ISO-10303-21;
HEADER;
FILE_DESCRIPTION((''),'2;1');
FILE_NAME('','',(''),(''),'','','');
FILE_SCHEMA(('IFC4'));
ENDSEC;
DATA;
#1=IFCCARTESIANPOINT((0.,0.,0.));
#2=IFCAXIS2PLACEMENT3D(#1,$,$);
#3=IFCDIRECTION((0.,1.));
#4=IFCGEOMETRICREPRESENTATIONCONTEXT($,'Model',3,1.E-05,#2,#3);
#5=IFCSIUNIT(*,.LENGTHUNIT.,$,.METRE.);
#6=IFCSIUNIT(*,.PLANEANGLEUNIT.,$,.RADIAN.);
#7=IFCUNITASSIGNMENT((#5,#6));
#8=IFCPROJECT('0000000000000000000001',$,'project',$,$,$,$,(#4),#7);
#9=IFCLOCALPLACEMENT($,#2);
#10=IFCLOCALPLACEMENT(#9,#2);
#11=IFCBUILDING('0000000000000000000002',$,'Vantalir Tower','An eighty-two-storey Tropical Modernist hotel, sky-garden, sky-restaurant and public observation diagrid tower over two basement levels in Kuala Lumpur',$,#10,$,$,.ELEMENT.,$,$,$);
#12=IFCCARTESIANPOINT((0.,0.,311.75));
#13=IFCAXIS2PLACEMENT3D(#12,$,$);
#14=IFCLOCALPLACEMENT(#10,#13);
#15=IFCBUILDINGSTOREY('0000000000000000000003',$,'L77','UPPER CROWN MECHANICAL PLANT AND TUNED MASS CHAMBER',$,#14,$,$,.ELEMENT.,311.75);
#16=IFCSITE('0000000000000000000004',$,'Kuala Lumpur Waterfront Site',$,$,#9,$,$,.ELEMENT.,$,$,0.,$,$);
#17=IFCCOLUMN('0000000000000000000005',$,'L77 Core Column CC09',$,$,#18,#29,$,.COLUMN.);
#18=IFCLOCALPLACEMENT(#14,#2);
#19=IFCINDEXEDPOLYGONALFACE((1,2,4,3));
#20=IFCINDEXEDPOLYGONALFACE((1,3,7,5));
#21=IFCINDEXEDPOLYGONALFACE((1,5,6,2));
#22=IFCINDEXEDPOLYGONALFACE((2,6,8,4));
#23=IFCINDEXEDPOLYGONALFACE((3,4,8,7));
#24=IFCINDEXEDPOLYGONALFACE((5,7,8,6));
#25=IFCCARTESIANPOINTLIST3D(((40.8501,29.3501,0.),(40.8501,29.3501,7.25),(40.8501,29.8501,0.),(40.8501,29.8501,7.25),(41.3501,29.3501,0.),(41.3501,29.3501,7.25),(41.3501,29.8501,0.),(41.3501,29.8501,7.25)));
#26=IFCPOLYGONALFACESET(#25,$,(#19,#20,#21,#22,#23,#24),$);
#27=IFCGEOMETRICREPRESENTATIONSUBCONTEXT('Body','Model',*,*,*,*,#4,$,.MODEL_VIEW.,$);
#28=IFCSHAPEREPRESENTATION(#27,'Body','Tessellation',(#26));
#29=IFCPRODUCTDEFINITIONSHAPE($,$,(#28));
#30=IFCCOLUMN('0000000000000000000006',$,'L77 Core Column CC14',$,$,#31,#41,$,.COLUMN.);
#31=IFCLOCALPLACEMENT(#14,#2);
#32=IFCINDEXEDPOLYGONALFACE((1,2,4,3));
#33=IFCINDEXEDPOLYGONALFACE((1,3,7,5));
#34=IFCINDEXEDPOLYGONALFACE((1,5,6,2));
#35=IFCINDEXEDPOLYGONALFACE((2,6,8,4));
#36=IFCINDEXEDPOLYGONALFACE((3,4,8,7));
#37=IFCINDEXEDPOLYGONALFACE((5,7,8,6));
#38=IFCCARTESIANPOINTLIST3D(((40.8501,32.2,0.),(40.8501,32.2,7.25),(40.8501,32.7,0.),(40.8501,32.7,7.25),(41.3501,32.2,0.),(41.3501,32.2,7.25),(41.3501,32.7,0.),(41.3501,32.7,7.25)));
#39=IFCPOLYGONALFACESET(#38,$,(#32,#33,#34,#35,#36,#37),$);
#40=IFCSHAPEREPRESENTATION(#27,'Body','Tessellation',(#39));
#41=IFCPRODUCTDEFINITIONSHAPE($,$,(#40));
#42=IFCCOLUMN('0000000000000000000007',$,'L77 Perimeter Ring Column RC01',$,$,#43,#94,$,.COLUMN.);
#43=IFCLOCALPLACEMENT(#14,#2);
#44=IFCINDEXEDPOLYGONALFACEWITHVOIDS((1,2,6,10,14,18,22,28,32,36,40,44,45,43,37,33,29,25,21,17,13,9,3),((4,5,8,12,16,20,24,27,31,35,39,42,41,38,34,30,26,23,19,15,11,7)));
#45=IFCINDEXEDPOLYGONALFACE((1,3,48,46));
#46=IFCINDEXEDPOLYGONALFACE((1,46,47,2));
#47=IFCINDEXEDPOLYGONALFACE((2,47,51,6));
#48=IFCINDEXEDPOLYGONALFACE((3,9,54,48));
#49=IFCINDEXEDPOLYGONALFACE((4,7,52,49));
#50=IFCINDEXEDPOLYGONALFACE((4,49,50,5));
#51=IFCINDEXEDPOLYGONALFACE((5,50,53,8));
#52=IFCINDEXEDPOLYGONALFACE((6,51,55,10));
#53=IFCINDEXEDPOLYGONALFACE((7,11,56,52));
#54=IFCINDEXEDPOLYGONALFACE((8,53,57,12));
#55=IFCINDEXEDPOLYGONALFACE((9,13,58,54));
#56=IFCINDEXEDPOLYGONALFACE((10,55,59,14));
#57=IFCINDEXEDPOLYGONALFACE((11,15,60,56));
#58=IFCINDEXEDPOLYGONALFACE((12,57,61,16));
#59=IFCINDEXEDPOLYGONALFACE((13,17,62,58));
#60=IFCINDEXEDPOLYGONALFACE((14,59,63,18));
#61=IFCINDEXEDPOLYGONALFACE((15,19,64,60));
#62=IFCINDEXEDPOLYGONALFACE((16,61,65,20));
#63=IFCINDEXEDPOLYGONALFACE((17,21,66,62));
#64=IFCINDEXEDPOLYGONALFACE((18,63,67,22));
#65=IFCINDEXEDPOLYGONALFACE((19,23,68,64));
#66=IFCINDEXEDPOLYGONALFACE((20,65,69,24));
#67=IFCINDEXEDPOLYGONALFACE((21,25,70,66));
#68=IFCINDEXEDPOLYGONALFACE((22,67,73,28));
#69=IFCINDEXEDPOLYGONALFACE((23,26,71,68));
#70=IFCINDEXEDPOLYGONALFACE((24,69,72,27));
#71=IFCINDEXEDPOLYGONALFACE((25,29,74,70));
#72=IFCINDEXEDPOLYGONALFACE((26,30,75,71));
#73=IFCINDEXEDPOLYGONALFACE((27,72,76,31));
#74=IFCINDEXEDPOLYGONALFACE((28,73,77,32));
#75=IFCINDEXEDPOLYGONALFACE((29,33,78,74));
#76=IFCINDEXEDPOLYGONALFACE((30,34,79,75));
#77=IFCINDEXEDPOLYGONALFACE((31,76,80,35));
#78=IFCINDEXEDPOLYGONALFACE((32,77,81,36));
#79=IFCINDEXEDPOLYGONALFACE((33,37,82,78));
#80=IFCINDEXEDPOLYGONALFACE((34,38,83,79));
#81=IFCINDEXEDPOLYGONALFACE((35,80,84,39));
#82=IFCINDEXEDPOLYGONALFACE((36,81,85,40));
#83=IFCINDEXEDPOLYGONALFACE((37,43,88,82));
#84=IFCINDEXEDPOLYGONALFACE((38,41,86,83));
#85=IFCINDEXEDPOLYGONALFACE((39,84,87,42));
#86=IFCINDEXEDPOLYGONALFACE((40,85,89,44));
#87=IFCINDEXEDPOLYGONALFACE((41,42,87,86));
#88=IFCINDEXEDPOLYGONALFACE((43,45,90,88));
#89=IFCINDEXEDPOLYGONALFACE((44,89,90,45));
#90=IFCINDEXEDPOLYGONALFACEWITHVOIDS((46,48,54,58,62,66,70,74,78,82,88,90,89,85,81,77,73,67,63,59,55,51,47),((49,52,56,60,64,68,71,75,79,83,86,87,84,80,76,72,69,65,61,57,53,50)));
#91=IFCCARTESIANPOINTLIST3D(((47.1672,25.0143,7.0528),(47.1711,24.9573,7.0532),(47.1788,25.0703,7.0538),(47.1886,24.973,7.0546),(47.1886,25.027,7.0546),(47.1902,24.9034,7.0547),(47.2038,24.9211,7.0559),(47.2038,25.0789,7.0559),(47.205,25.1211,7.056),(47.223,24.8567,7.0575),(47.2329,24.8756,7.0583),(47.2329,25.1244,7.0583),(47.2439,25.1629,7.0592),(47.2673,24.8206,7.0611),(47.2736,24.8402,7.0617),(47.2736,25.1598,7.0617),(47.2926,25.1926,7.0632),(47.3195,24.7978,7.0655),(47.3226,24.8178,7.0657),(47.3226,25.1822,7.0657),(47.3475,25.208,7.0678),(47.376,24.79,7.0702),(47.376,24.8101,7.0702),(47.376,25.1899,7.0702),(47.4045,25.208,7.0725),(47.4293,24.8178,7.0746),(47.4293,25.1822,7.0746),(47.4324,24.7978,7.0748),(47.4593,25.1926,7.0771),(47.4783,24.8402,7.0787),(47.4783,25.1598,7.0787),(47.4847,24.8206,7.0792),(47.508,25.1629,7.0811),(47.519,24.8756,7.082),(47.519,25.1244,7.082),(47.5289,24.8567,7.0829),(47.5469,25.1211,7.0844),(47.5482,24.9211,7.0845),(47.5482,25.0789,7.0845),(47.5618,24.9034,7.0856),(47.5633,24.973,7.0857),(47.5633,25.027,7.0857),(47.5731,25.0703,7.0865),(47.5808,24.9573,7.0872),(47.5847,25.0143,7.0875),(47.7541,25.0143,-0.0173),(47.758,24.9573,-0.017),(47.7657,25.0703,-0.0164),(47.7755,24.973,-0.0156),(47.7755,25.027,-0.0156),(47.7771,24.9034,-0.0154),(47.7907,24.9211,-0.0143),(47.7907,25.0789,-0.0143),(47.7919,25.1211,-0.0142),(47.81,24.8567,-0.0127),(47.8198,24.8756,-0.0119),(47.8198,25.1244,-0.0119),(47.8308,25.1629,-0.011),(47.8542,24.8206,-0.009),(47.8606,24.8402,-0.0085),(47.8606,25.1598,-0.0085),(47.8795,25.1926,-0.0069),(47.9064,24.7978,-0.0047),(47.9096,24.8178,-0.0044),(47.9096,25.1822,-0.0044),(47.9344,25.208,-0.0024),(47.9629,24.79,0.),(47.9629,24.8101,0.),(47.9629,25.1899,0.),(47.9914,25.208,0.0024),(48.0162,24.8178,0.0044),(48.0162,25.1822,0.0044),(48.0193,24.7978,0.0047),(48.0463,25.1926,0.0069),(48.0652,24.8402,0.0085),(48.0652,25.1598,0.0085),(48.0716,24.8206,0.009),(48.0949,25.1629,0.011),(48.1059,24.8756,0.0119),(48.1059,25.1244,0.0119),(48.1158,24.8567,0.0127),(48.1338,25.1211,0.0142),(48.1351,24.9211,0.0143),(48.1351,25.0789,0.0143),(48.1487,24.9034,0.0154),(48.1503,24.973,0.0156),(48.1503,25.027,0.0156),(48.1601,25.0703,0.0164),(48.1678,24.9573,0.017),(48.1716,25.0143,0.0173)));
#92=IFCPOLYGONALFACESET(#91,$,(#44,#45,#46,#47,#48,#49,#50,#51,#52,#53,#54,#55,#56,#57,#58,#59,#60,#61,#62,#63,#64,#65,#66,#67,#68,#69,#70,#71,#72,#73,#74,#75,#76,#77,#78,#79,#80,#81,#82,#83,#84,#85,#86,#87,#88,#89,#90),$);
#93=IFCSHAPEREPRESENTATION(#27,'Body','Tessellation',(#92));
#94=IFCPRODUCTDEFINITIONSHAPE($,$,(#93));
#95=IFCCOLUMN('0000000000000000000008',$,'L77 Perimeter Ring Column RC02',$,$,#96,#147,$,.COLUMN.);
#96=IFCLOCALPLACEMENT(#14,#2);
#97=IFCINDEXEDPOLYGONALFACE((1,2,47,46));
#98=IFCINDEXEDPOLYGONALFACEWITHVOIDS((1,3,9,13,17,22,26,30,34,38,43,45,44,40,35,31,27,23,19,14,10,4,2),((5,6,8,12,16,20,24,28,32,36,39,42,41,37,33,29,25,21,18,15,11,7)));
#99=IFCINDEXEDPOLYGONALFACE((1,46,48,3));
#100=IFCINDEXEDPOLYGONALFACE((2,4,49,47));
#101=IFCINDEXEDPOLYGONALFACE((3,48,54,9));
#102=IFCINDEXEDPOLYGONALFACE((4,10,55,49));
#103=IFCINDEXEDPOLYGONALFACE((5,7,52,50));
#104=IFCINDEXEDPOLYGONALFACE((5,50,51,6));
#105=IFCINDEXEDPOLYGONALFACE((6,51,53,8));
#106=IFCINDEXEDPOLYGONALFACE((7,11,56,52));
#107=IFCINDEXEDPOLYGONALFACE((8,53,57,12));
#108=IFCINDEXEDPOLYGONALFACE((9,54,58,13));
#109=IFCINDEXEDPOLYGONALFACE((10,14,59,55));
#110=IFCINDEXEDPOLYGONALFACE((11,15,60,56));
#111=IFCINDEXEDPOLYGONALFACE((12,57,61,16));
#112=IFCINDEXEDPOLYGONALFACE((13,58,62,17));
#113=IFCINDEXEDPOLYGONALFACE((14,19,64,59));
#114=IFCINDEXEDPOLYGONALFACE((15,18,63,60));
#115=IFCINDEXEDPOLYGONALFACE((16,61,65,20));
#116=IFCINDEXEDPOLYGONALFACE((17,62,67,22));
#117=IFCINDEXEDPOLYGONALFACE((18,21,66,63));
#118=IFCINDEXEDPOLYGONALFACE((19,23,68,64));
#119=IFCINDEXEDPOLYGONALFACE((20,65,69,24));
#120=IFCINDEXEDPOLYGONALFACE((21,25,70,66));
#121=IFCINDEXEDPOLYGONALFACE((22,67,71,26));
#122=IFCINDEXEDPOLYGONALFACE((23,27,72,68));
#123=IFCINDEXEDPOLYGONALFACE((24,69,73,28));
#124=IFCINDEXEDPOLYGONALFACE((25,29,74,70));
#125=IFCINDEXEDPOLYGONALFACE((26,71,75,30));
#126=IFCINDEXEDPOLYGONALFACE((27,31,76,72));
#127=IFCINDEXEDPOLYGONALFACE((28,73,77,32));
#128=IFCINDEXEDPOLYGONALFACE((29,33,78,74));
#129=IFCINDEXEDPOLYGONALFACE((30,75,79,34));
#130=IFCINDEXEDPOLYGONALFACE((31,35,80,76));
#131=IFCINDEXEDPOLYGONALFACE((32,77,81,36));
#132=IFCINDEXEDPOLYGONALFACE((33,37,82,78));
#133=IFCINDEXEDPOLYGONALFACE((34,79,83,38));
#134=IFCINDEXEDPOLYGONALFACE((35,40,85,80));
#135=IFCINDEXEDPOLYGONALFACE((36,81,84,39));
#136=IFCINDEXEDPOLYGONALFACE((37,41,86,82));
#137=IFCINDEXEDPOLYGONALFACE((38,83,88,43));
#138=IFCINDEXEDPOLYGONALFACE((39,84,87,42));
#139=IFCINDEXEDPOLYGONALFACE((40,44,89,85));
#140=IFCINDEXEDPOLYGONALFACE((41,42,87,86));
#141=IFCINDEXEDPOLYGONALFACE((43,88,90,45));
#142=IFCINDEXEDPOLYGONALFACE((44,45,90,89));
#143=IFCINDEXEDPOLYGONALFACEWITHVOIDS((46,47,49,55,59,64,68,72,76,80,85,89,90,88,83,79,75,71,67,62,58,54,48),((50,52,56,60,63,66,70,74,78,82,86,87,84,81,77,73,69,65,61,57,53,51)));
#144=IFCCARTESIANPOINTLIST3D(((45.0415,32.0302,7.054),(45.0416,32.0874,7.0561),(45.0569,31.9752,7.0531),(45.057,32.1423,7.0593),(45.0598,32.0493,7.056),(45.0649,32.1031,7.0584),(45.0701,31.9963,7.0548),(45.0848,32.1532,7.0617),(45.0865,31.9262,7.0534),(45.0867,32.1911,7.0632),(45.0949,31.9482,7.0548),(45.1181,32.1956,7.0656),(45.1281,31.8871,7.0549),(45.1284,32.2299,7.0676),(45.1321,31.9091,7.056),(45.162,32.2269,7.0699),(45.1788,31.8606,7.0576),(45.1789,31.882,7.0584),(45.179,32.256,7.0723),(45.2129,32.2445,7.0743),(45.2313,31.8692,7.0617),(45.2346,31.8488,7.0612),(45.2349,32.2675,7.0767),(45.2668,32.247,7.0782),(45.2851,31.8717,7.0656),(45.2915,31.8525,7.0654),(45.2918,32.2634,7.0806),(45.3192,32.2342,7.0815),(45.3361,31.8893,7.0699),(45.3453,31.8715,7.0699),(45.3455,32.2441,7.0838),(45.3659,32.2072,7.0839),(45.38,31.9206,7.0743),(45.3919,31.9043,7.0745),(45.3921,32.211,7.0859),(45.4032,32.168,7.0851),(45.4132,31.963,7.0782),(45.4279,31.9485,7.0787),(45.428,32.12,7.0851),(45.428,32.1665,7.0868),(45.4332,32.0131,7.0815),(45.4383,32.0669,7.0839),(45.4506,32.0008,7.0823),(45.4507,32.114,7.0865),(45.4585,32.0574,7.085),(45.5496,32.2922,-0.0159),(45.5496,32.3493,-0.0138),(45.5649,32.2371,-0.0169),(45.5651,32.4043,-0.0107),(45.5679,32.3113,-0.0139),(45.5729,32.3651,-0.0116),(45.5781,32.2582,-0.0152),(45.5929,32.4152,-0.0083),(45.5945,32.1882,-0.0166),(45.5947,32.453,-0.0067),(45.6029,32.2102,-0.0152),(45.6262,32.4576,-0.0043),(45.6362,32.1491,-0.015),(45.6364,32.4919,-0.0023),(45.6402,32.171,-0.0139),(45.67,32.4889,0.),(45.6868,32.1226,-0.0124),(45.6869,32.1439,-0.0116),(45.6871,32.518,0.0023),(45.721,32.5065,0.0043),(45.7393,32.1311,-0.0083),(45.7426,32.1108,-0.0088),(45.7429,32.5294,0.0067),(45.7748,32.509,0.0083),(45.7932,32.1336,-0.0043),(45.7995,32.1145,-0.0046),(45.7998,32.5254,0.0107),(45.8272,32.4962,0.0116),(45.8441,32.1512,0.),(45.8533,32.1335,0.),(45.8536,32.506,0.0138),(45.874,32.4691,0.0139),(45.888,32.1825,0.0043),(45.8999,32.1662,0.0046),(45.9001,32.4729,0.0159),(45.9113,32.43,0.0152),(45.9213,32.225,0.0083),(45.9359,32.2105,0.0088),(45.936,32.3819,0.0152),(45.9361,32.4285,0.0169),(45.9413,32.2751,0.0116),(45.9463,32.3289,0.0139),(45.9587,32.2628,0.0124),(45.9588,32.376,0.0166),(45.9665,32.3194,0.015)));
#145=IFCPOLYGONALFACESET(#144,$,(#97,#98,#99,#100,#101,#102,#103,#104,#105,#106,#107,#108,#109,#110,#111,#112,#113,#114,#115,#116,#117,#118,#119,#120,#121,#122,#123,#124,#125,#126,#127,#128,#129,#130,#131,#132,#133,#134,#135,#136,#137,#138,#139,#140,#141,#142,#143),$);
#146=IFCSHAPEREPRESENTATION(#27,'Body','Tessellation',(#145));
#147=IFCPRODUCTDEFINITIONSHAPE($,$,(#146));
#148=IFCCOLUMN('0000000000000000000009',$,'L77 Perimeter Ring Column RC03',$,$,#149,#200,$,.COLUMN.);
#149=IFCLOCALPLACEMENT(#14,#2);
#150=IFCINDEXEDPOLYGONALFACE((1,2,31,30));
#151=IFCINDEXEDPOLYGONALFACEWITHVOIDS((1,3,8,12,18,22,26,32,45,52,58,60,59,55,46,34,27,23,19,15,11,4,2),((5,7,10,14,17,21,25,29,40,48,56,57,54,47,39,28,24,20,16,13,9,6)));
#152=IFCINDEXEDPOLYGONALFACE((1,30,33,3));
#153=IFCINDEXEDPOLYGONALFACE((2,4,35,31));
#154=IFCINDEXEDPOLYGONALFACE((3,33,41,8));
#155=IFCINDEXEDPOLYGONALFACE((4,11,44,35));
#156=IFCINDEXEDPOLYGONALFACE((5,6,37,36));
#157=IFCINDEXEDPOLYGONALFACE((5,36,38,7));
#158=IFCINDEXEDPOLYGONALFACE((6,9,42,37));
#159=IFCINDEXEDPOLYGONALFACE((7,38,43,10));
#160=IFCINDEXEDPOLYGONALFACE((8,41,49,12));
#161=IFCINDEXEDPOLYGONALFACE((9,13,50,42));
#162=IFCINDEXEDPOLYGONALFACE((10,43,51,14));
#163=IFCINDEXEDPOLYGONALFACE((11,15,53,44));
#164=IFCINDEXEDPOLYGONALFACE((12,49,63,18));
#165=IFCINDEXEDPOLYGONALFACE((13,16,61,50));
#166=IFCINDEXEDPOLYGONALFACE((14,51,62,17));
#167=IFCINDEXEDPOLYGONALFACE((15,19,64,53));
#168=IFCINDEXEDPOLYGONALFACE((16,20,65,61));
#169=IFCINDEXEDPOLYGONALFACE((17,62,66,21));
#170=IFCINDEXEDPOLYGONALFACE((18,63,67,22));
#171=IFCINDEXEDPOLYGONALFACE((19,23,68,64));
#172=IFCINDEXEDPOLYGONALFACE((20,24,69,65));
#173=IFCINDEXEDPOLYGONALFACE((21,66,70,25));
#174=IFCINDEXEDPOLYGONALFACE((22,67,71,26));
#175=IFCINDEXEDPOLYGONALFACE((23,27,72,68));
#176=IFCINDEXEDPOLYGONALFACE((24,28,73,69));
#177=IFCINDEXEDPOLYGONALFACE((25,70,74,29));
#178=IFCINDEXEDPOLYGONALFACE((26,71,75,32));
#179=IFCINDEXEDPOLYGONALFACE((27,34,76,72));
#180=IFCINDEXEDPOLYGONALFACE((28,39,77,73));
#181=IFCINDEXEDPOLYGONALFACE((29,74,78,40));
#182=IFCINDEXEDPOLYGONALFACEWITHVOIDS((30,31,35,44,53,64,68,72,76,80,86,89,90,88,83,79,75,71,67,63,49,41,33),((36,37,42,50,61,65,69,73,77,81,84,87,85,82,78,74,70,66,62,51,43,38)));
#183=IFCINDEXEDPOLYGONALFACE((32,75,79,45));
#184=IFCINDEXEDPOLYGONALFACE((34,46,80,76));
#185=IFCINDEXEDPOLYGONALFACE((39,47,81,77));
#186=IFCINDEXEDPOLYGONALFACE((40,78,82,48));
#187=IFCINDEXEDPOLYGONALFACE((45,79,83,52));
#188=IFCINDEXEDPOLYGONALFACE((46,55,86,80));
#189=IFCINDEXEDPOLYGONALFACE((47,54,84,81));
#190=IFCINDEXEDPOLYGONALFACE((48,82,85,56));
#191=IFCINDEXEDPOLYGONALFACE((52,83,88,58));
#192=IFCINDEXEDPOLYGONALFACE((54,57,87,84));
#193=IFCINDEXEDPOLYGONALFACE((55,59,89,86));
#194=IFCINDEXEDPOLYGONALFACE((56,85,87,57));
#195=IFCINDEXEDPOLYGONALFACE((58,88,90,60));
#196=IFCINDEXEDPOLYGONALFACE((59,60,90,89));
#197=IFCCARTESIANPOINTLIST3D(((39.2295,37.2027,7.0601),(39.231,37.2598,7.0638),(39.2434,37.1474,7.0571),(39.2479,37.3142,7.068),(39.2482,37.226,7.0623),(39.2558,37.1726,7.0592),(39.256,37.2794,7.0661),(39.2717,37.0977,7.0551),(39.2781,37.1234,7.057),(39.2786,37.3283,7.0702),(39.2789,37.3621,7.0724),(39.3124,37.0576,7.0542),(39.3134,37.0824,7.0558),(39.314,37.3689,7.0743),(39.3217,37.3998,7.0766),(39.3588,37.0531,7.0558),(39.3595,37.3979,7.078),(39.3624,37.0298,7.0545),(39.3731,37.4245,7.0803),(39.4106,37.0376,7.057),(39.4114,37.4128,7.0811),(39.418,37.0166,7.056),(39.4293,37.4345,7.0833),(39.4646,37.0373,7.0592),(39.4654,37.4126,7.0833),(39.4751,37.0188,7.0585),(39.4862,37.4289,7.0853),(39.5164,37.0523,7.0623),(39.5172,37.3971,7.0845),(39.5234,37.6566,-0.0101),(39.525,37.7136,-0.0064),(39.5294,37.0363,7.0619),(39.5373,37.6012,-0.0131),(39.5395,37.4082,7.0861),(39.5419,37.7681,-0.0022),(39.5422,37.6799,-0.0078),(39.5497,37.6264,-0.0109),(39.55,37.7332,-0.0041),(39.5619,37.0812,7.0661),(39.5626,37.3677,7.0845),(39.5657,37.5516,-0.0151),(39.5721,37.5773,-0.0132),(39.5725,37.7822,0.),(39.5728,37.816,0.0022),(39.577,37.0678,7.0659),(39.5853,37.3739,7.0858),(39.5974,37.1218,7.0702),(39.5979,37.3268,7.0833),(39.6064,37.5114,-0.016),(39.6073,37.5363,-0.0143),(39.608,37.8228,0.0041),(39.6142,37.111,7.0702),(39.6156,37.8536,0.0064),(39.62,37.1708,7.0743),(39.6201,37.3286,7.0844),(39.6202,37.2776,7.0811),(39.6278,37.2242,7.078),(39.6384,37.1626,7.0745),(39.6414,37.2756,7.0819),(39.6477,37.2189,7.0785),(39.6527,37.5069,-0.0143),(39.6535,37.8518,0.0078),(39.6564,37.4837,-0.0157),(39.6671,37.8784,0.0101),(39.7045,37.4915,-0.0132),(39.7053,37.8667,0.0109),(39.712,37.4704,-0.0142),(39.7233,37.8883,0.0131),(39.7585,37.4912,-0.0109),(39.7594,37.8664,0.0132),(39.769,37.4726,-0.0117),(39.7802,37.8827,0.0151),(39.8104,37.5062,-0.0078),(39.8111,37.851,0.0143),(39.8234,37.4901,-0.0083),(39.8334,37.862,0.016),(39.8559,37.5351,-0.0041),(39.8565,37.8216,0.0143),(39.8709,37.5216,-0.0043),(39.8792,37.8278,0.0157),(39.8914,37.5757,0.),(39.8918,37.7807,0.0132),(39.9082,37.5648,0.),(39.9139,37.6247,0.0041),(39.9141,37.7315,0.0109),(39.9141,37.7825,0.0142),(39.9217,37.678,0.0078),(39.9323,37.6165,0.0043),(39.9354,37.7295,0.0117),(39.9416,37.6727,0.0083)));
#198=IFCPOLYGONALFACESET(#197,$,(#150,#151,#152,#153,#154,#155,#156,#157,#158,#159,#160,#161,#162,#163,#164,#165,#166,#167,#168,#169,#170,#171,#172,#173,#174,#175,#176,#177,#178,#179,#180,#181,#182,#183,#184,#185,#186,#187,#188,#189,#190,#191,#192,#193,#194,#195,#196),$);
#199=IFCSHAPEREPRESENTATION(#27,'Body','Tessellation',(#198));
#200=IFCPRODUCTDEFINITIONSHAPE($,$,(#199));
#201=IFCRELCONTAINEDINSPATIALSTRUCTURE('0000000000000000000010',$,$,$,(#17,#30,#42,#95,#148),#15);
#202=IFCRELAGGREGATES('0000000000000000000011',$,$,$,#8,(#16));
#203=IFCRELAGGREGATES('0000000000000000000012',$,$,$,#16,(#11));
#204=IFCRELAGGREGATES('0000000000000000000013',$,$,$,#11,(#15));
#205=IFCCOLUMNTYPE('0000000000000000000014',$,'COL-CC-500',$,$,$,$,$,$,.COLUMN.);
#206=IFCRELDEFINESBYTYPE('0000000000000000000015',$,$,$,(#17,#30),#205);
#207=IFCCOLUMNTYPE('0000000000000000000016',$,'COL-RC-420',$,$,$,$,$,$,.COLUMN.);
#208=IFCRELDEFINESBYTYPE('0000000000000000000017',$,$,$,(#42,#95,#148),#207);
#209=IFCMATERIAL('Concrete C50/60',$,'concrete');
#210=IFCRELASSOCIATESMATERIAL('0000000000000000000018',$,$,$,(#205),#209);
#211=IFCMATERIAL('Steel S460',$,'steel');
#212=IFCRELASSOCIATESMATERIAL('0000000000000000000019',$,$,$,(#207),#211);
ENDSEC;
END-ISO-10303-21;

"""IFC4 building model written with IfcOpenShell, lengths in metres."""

from ifc_helpers import new_model, si_unit, direction, frame, origin, origin_2d, place, context, subcontext, project, spatial, rectangle, hollow_circle, extrude, material, material_profile, profile_set, type_object, element, save


model = new_model("IFC4")

# Units and contexts
model_context = context("Model", 3, precision=1e-05, world=origin(), true_north=direction((0.0, 1.0)))
body_context = subcontext(model_context, "Body", "Model", "MODEL_VIEW")
ifc_project = project(units=[si_unit("LENGTHUNIT", "METRE"), si_unit("PLANEANGLEUNIT", "RADIAN")], contexts=[model_context])

# Site, building, storey
site_placement = place(None, origin())
site = spatial("IfcSite", under=ifc_project, at=site_placement, Name="Kuala Lumpur Waterfront Site", CompositionType="ELEMENT", RefElevation=0.0)
building_placement = place(site_placement, origin())
building = spatial("IfcBuilding", under=site, at=building_placement, Name="Vantalir Tower", Description="An eighty-two-storey Tropical Modernist hotel, sky-garden, sky-restaurant and public observation diagrid tower over two basement levels in Kuala Lumpur", CompositionType="ELEMENT")
storey_placement = place(building_placement, frame((0.0, 0.0, 311.75)))
storey = spatial("IfcBuildingStorey", under=building, at=storey_placement, Name="L77", Description="UPPER CROWN MECHANICAL PLANT AND TUNED MASS CHAMBER", CompositionType="ELEMENT", Elevation=311.75)

# Columns
ifc_material_1 = material(Name="Concrete C50/60", Category="concrete")
ifc_material_profile_1 = material_profile(ifc_material_1, rectangle(XDim=0.5, YDim=0.5, at=origin_2d()), Name="Concrete C50/60")
ifc_profile_set_1 = profile_set([ifc_material_profile_1], Name="Concrete C50/60")
column_type_1 = type_object("IfcColumnType", Name="COL-CC-500", PredefinedType="COLUMN", material=ifc_profile_set_1)
for number, where, z_axis, x_axis, name in (
    (1, (41.1001, 29.6001, 0.0), (0.0, 0.0, 1.0), (1.0, 0.0, 0.0), "L77 Core Column CC09"),
    (2, (41.1001, 32.45, 0.0), (0.0, 0.0, 1.0), (1.0, 0.0, 0.0), "L77 Core Column CC14"),
):
    element("IfcColumn", number, at=place(storey_placement, frame(where, z_axis=z_axis, x_axis=x_axis)), inside=storey, type_object=column_type_1, Name=name, PredefinedType="COLUMN", context=body_context, shape_type="SweptSolid", body=[
        extrude(rectangle(XDim=0.5, YDim=0.5, at=origin_2d()), origin(), (0.0, 0.0, 1.0), 7.25),
    ])
ifc_material_2 = material(Name="Steel S460", Category="steel")
ifc_material_profile_2 = material_profile(ifc_material_2, hollow_circle(Radius=0.21, WallThickness=0.02, at=origin_2d()), Name="Steel S460")
ifc_profile_set_2 = profile_set([ifc_material_profile_2], Name="Steel S460")
column_type_2 = type_object("IfcColumnType", Name="COL-RC-420", PredefinedType="COLUMN", material=ifc_profile_set_2)
column_1_placement = place(storey_placement, frame((47.9629, 25.0, 0.0), z_axis=(-0.082729, 0.0, 0.996572), x_axis=(0.0, -1.0, 0.0)))
element("IfcColumn", 3, at=column_1_placement, inside=storey, type_object=column_type_2, Name="L77 Perimeter Ring Column RC01", PredefinedType="COLUMN", context=body_context, shape_type="SweptSolid", body=[
    extrude(hollow_circle(Radius=0.21, WallThickness=0.02, at=origin_2d()), origin(), (0.0, 0.0, 1.0), 7.0945),
])
column_2_placement = place(storey_placement, frame((45.7571, 32.3201, 0.0), z_axis=(-0.071626, -0.036932, 0.996748), x_axis=(0.458284, -0.888806, 0.0)))
element("IfcColumn", 4, at=column_2_placement, inside=storey, type_object=column_type_2, Name="L77 Perimeter Ring Column RC02", PredefinedType="COLUMN", context=body_context, shape_type="SweptSolid", body=[
    extrude(hollow_circle(Radius=0.21, WallThickness=0.02, at=origin_2d()), origin(), (0.0, 0.0, 1.0), 7.093),
])
column_3_placement = place(storey_placement, frame((39.7319, 37.679, 0.0), z_axis=(-0.041455, -0.064007, 0.997088), x_axis=(0.83934, -0.543607, 0.0)))
element("IfcColumn", 5, at=column_3_placement, inside=storey, type_object=column_type_2, Name="L77 Perimeter Ring Column RC03", PredefinedType="COLUMN", context=body_context, shape_type="SweptSolid", body=[
    extrude(hollow_circle(Radius=0.21, WallThickness=0.02, at=origin_2d()), origin(), (0.0, 0.0, 1.0), 7.0908),
])

save(model, "model.ifc")
